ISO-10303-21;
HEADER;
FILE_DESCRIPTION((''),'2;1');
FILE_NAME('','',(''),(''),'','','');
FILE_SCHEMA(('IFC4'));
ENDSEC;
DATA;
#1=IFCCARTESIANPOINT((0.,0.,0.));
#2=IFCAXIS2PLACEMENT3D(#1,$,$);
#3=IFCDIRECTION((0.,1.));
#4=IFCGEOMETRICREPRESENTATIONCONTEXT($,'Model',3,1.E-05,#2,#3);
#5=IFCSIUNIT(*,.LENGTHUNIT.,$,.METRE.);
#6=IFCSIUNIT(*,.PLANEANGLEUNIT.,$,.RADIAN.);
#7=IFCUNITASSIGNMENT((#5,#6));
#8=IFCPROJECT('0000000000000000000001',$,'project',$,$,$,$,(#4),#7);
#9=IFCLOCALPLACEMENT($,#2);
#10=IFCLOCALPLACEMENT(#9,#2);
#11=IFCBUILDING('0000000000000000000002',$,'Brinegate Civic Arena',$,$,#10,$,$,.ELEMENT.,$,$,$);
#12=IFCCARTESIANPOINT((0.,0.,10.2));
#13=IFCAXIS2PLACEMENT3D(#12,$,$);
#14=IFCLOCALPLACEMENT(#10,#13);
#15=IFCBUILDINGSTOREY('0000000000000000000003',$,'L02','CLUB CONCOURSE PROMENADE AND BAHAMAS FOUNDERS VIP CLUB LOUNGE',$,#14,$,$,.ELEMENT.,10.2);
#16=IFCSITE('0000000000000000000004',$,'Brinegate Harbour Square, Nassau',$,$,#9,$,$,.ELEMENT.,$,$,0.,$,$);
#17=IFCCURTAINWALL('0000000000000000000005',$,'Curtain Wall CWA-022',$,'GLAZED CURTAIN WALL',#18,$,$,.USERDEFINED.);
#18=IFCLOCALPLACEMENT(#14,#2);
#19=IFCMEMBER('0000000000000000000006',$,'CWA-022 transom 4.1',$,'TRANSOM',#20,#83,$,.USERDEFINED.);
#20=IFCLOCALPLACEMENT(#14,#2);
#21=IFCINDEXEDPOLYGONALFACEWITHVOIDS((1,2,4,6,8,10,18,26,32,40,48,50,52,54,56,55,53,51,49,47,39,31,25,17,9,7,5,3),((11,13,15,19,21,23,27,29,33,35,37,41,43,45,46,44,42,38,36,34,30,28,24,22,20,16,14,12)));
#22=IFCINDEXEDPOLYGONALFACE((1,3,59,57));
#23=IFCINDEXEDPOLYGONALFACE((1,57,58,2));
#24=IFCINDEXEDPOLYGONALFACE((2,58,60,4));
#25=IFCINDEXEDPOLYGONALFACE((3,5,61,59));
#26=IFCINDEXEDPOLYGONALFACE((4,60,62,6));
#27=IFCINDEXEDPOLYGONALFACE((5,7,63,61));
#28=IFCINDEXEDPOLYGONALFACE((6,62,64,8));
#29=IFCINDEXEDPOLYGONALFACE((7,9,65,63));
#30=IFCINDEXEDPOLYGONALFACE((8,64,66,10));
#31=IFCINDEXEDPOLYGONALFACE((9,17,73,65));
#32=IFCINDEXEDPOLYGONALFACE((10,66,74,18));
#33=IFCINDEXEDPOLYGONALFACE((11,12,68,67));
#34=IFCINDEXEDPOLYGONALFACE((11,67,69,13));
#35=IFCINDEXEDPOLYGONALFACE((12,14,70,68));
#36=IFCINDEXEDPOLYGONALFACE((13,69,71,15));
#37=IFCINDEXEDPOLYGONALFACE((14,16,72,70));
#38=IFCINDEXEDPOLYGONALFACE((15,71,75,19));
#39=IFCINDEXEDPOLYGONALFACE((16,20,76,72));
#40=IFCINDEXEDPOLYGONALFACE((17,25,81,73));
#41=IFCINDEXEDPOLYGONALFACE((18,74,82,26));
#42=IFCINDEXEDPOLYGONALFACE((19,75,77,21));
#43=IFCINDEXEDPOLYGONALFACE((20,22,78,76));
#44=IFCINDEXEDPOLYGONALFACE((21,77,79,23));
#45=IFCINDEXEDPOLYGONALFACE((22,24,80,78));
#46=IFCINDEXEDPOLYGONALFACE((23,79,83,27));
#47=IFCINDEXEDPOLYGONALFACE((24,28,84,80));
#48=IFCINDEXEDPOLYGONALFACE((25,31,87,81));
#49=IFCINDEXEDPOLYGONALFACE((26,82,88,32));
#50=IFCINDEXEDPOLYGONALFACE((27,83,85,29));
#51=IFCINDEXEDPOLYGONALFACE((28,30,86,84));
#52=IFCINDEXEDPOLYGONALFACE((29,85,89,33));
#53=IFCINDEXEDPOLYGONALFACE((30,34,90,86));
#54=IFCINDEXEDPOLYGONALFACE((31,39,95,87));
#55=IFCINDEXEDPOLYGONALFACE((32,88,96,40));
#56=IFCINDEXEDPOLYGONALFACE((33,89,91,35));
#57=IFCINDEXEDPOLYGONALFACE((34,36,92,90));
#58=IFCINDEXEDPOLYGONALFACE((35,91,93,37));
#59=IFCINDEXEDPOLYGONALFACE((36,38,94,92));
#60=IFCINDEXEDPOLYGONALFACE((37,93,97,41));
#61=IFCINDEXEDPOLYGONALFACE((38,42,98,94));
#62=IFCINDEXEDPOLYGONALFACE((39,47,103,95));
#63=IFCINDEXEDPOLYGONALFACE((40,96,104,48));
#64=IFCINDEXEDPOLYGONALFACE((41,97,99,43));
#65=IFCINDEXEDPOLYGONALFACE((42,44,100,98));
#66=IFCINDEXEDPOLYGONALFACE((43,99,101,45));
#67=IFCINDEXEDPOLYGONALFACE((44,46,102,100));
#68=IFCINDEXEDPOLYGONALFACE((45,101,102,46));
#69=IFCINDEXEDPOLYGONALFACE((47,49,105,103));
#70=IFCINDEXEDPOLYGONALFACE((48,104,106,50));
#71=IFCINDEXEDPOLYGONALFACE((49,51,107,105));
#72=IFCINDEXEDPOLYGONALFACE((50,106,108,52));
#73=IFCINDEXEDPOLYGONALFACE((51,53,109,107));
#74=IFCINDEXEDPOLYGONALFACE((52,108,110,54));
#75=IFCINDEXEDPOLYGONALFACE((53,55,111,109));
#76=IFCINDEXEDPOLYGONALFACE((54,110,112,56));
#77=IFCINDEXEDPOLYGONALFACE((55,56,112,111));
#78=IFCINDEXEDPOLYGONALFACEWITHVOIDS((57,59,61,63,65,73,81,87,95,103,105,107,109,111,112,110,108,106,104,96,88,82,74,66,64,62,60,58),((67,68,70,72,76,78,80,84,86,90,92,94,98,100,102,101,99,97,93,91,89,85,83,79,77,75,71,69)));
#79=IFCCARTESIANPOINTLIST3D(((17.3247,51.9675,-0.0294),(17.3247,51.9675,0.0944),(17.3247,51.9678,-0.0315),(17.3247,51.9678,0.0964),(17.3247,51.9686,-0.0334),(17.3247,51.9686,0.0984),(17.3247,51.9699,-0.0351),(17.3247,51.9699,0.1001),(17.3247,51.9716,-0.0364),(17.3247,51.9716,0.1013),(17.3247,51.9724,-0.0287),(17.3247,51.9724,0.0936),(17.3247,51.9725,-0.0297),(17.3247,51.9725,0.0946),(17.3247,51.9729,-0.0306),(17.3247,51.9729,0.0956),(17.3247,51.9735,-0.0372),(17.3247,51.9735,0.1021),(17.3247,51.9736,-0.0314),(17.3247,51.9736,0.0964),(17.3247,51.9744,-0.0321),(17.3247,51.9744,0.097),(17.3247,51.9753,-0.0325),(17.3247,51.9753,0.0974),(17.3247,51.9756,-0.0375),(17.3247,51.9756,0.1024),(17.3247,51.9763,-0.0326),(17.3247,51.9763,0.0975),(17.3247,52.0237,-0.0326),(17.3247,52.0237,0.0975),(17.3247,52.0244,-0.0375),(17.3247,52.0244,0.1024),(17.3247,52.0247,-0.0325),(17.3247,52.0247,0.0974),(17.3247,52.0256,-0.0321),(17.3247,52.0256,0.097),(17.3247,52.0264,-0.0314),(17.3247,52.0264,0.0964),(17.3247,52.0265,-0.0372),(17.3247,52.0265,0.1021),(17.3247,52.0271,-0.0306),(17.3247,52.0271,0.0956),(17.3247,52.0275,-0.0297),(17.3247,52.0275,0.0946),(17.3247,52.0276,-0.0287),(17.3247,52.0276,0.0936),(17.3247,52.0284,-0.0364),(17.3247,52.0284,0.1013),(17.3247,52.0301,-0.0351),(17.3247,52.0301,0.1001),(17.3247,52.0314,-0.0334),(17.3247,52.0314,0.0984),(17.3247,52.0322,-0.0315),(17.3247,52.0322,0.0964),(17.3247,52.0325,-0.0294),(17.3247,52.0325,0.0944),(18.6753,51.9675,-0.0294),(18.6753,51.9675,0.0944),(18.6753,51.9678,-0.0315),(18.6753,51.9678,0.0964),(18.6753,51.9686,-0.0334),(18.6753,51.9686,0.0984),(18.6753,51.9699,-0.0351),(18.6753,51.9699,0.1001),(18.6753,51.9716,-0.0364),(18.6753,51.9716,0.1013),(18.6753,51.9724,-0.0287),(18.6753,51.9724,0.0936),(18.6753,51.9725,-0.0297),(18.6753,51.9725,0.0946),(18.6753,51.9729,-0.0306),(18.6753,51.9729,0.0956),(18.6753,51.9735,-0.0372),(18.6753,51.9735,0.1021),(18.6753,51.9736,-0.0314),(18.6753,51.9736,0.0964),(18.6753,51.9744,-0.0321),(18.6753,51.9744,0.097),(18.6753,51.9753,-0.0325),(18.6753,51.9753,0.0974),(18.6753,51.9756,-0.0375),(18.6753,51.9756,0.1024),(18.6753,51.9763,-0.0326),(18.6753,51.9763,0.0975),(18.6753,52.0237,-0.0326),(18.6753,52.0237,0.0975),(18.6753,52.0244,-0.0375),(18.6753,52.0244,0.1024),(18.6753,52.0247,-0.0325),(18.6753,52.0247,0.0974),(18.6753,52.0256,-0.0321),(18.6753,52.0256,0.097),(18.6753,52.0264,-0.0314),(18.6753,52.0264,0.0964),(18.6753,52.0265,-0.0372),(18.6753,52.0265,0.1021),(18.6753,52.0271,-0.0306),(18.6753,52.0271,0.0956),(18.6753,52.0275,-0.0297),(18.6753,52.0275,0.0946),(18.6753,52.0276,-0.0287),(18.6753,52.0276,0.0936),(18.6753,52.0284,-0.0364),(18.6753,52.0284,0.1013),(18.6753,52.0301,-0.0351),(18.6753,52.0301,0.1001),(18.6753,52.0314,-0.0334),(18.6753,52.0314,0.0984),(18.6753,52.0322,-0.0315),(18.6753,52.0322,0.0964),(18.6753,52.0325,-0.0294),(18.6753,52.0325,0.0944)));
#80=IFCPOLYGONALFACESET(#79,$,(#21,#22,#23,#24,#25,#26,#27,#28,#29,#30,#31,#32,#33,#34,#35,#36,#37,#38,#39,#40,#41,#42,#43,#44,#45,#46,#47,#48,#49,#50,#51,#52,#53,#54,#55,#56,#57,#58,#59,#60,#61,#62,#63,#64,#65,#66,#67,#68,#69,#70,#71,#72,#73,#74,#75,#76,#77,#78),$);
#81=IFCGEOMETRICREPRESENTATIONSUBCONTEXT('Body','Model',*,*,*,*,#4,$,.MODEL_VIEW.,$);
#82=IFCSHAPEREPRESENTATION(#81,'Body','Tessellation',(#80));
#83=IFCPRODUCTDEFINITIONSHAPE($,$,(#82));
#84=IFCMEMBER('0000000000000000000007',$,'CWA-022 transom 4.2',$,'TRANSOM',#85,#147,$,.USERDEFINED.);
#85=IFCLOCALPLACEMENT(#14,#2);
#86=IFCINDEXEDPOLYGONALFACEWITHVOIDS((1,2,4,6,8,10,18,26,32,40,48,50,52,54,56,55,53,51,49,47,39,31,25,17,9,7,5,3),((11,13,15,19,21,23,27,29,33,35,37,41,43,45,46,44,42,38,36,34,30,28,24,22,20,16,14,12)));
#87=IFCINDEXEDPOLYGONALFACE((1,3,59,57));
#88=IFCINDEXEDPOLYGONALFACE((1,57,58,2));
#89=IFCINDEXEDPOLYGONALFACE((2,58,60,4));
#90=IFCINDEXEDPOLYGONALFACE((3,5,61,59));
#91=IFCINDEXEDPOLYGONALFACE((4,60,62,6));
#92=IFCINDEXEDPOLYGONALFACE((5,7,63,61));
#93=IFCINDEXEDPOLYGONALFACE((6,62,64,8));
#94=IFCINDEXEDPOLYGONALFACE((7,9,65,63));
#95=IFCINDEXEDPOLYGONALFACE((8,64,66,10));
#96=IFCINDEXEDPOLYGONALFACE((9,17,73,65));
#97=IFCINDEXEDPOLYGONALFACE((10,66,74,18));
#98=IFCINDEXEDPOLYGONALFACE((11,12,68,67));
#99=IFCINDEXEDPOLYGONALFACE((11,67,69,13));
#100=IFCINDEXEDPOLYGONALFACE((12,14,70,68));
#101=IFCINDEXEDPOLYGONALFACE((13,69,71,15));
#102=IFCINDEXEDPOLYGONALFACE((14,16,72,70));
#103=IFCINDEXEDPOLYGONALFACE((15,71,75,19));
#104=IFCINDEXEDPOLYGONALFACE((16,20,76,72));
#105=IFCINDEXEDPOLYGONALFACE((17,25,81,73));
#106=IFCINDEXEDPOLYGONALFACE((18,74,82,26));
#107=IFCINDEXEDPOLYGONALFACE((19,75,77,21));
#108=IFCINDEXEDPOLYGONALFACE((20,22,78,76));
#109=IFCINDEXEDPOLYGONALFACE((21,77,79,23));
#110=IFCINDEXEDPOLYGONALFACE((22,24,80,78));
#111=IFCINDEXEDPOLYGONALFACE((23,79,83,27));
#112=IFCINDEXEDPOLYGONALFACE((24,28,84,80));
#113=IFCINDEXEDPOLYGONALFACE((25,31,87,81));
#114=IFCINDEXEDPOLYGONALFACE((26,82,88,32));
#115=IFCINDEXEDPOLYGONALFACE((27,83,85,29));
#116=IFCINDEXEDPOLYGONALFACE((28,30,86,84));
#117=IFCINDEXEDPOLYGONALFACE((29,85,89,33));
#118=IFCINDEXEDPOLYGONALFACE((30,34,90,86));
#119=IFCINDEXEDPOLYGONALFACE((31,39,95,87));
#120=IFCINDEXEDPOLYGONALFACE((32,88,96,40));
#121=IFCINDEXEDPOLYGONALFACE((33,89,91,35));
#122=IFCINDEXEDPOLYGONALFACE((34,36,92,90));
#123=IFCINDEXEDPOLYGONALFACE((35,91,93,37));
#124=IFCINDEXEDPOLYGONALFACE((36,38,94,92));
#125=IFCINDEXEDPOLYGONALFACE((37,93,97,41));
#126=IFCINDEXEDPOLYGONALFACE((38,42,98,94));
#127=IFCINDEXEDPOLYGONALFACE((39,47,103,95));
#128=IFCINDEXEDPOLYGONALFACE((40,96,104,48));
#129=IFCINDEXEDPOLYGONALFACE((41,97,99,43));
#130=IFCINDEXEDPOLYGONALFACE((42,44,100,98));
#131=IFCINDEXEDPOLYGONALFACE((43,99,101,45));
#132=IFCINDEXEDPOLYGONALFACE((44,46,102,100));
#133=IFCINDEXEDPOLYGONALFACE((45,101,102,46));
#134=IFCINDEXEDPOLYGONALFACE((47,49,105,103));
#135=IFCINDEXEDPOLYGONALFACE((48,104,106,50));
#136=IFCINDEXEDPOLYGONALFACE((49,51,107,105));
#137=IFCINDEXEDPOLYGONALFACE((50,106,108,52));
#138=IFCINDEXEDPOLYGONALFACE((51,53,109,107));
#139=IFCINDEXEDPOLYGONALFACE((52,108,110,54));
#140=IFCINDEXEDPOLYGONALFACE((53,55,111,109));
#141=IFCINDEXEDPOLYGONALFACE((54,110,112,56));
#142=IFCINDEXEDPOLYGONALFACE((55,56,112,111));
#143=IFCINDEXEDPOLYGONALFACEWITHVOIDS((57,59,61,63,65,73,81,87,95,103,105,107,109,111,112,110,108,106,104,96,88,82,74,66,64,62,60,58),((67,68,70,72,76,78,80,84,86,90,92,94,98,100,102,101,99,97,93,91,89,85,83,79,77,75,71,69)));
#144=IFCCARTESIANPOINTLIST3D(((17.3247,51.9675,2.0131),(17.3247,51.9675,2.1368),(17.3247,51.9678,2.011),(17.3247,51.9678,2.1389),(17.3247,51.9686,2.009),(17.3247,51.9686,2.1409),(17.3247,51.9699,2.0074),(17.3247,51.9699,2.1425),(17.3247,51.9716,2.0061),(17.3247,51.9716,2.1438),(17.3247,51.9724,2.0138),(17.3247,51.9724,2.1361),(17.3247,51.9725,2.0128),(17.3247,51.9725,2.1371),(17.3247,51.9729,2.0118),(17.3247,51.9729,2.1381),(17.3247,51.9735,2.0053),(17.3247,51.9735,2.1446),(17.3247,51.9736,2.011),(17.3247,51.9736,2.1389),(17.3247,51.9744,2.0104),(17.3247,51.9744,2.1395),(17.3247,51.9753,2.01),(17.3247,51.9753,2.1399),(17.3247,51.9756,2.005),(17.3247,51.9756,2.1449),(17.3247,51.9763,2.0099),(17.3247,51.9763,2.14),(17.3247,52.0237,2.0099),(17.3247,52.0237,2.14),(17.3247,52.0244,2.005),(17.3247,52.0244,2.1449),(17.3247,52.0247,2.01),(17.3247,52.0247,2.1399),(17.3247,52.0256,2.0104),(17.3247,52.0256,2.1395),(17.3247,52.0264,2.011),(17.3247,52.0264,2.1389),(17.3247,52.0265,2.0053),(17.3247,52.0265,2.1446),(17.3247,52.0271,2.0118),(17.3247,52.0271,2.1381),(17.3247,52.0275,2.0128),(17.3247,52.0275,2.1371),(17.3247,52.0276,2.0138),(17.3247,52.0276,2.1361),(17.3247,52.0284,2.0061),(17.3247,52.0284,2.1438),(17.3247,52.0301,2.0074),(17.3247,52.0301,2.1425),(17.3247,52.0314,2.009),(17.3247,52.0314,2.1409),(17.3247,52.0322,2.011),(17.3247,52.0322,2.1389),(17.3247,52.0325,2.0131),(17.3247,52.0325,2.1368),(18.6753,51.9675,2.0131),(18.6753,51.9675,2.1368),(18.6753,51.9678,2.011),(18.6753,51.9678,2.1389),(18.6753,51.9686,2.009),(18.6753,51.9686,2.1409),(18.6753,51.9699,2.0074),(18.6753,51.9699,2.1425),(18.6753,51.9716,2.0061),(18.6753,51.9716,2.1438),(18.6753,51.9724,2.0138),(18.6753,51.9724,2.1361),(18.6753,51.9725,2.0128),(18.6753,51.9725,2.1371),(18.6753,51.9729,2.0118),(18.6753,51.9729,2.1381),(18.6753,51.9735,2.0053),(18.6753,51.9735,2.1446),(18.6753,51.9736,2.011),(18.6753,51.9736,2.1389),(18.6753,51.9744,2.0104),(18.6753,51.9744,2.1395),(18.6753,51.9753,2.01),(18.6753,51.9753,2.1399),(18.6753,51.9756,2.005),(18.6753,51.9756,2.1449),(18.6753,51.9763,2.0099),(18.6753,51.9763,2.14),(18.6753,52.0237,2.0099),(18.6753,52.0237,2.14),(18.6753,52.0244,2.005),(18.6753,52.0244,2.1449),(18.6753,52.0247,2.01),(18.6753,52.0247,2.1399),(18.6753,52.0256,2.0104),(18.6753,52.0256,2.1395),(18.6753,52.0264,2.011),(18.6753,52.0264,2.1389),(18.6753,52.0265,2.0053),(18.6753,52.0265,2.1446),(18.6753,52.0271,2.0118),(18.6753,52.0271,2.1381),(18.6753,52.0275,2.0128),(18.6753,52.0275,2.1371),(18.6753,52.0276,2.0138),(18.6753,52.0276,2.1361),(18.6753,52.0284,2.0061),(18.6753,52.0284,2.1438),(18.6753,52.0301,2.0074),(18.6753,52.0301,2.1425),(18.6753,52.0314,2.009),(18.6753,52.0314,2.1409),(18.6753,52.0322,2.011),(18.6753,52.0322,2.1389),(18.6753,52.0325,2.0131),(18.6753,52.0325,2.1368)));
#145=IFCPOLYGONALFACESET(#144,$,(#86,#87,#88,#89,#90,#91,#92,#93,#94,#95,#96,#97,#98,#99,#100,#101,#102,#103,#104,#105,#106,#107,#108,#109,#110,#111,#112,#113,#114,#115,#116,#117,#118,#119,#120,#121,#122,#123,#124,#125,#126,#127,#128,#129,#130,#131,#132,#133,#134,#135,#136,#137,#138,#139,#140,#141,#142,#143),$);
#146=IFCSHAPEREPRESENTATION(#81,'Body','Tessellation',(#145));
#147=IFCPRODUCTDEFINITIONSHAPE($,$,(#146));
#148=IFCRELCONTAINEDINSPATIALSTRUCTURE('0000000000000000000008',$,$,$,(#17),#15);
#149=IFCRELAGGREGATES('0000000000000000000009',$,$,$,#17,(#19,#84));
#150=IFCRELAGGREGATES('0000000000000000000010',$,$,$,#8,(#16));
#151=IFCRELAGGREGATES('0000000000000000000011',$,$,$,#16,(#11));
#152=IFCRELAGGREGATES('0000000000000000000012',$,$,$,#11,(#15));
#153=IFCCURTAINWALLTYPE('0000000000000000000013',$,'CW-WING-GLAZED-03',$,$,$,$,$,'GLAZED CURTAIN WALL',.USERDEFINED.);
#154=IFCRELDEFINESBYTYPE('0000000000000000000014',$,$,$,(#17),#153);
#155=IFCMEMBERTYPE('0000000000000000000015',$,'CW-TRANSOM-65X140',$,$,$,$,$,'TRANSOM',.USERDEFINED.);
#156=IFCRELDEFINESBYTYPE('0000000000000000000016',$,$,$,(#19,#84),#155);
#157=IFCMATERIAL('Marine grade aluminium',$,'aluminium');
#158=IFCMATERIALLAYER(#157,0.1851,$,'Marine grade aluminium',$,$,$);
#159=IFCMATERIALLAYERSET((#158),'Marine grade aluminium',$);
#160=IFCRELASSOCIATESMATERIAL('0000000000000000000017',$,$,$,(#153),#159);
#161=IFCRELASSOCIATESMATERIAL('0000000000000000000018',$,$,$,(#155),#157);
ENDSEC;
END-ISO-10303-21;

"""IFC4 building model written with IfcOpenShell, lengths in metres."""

from ifc_helpers import new_model, si_unit, direction, frame, origin, origin_2d, place, context, subcontext, project, spatial, hollow_rectangle, extrude, material, layer, layer_set, material_profile, profile_set, type_object, element, aggregate, save


model = new_model("IFC4")

# Units and contexts
model_context = context("Model", 3, precision=1e-05, world=origin(), true_north=direction((0.0, 1.0)))
body_context = subcontext(model_context, "Body", "Model", "MODEL_VIEW")
ifc_project = project(units=[si_unit("LENGTHUNIT", "METRE"), si_unit("PLANEANGLEUNIT", "RADIAN")], contexts=[model_context])

# Site, building, storey
site_placement = place(None, origin())
site = spatial("IfcSite", under=ifc_project, at=site_placement, Name="Brinegate Harbour Square, Nassau", CompositionType="ELEMENT", RefElevation=0.0)
building_placement = place(site_placement, origin())
building = spatial("IfcBuilding", under=site, at=building_placement, Name="Brinegate Civic Arena", CompositionType="ELEMENT")
storey_placement = place(building_placement, frame((0.0, 0.0, 10.2)))
storey = spatial("IfcBuildingStorey", under=building, at=storey_placement, Name="L02", Description="CLUB CONCOURSE PROMENADE AND BAHAMAS FOUNDERS VIP CLUB LOUNGE", CompositionType="ELEMENT", Elevation=10.2)

# Curtain wall, members
ifc_material_1 = material(Name="Marine grade aluminium", Category="aluminium")
ifc_layer_1 = layer(ifc_material_1, 0.1851, Name="Marine grade aluminium")
ifc_layer_set_1 = layer_set([ifc_layer_1], Name="Marine grade aluminium")
curtain_wall_type = type_object("IfcCurtainWallType", Name="CW-WING-GLAZED-03", ElementType="GLAZED CURTAIN WALL", PredefinedType="USERDEFINED", material=ifc_layer_set_1)
curtain_wall_placement = place(storey_placement, origin())
curtain_wall = element("IfcCurtainWall", 1, at=curtain_wall_placement, inside=storey, type_object=curtain_wall_type, Name="Curtain Wall CWA-022", ObjectType="GLAZED CURTAIN WALL", PredefinedType="USERDEFINED")
ifc_material_profile_1 = material_profile(ifc_material_1, hollow_rectangle(XDim=0.0649, YDim=0.1399, WallThickness=0.0049, InnerFilletRadius=0.0039, OuterFilletRadius=0.0081, at=origin_2d()), Name="TRN65X140")
ifc_profile_set_1 = profile_set([ifc_material_profile_1], Name="Marine grade aluminium")
member_type_1 = type_object("IfcMemberType", Name="CW-TRANSOM-65X140", ElementType="TRANSOM", PredefinedType="USERDEFINED", material=ifc_profile_set_1)
member_1_placement = place(storey_placement, frame((17.3247, 52.0, 0.0325), z_axis=(1.0, 0.0, 0.0), x_axis=(0.0, 1.0, 0.0)))
member_1 = element("IfcMember", 2, at=member_1_placement, type_object=member_type_1, Name="CWA-022 transom 4.1", ObjectType="TRANSOM", PredefinedType="USERDEFINED", context=body_context, shape_type="SweptSolid", body=[
    extrude(hollow_rectangle(XDim=0.0649, YDim=0.1399, WallThickness=0.0049, InnerFilletRadius=0.0039, OuterFilletRadius=0.0081, at=origin_2d()), origin(), (0.0, 0.0, 1.0), 1.3506),
])
member_2_placement = place(storey_placement, frame((17.3247, 52.0, 2.075), z_axis=(1.0, 0.0, 0.0), x_axis=(0.0, 1.0, 0.0)))
member_2 = element("IfcMember", 3, at=member_2_placement, type_object=member_type_1, Name="CWA-022 transom 4.2", ObjectType="TRANSOM", PredefinedType="USERDEFINED", context=body_context, shape_type="SweptSolid", body=[
    extrude(hollow_rectangle(XDim=0.0649, YDim=0.1399, WallThickness=0.0049, InnerFilletRadius=0.0039, OuterFilletRadius=0.0081, at=origin_2d()), origin(), (0.0, 0.0, 1.0), 1.3506),
])
aggregate(curtain_wall, [member_1, member_2])

save(model, "model.ifc")
